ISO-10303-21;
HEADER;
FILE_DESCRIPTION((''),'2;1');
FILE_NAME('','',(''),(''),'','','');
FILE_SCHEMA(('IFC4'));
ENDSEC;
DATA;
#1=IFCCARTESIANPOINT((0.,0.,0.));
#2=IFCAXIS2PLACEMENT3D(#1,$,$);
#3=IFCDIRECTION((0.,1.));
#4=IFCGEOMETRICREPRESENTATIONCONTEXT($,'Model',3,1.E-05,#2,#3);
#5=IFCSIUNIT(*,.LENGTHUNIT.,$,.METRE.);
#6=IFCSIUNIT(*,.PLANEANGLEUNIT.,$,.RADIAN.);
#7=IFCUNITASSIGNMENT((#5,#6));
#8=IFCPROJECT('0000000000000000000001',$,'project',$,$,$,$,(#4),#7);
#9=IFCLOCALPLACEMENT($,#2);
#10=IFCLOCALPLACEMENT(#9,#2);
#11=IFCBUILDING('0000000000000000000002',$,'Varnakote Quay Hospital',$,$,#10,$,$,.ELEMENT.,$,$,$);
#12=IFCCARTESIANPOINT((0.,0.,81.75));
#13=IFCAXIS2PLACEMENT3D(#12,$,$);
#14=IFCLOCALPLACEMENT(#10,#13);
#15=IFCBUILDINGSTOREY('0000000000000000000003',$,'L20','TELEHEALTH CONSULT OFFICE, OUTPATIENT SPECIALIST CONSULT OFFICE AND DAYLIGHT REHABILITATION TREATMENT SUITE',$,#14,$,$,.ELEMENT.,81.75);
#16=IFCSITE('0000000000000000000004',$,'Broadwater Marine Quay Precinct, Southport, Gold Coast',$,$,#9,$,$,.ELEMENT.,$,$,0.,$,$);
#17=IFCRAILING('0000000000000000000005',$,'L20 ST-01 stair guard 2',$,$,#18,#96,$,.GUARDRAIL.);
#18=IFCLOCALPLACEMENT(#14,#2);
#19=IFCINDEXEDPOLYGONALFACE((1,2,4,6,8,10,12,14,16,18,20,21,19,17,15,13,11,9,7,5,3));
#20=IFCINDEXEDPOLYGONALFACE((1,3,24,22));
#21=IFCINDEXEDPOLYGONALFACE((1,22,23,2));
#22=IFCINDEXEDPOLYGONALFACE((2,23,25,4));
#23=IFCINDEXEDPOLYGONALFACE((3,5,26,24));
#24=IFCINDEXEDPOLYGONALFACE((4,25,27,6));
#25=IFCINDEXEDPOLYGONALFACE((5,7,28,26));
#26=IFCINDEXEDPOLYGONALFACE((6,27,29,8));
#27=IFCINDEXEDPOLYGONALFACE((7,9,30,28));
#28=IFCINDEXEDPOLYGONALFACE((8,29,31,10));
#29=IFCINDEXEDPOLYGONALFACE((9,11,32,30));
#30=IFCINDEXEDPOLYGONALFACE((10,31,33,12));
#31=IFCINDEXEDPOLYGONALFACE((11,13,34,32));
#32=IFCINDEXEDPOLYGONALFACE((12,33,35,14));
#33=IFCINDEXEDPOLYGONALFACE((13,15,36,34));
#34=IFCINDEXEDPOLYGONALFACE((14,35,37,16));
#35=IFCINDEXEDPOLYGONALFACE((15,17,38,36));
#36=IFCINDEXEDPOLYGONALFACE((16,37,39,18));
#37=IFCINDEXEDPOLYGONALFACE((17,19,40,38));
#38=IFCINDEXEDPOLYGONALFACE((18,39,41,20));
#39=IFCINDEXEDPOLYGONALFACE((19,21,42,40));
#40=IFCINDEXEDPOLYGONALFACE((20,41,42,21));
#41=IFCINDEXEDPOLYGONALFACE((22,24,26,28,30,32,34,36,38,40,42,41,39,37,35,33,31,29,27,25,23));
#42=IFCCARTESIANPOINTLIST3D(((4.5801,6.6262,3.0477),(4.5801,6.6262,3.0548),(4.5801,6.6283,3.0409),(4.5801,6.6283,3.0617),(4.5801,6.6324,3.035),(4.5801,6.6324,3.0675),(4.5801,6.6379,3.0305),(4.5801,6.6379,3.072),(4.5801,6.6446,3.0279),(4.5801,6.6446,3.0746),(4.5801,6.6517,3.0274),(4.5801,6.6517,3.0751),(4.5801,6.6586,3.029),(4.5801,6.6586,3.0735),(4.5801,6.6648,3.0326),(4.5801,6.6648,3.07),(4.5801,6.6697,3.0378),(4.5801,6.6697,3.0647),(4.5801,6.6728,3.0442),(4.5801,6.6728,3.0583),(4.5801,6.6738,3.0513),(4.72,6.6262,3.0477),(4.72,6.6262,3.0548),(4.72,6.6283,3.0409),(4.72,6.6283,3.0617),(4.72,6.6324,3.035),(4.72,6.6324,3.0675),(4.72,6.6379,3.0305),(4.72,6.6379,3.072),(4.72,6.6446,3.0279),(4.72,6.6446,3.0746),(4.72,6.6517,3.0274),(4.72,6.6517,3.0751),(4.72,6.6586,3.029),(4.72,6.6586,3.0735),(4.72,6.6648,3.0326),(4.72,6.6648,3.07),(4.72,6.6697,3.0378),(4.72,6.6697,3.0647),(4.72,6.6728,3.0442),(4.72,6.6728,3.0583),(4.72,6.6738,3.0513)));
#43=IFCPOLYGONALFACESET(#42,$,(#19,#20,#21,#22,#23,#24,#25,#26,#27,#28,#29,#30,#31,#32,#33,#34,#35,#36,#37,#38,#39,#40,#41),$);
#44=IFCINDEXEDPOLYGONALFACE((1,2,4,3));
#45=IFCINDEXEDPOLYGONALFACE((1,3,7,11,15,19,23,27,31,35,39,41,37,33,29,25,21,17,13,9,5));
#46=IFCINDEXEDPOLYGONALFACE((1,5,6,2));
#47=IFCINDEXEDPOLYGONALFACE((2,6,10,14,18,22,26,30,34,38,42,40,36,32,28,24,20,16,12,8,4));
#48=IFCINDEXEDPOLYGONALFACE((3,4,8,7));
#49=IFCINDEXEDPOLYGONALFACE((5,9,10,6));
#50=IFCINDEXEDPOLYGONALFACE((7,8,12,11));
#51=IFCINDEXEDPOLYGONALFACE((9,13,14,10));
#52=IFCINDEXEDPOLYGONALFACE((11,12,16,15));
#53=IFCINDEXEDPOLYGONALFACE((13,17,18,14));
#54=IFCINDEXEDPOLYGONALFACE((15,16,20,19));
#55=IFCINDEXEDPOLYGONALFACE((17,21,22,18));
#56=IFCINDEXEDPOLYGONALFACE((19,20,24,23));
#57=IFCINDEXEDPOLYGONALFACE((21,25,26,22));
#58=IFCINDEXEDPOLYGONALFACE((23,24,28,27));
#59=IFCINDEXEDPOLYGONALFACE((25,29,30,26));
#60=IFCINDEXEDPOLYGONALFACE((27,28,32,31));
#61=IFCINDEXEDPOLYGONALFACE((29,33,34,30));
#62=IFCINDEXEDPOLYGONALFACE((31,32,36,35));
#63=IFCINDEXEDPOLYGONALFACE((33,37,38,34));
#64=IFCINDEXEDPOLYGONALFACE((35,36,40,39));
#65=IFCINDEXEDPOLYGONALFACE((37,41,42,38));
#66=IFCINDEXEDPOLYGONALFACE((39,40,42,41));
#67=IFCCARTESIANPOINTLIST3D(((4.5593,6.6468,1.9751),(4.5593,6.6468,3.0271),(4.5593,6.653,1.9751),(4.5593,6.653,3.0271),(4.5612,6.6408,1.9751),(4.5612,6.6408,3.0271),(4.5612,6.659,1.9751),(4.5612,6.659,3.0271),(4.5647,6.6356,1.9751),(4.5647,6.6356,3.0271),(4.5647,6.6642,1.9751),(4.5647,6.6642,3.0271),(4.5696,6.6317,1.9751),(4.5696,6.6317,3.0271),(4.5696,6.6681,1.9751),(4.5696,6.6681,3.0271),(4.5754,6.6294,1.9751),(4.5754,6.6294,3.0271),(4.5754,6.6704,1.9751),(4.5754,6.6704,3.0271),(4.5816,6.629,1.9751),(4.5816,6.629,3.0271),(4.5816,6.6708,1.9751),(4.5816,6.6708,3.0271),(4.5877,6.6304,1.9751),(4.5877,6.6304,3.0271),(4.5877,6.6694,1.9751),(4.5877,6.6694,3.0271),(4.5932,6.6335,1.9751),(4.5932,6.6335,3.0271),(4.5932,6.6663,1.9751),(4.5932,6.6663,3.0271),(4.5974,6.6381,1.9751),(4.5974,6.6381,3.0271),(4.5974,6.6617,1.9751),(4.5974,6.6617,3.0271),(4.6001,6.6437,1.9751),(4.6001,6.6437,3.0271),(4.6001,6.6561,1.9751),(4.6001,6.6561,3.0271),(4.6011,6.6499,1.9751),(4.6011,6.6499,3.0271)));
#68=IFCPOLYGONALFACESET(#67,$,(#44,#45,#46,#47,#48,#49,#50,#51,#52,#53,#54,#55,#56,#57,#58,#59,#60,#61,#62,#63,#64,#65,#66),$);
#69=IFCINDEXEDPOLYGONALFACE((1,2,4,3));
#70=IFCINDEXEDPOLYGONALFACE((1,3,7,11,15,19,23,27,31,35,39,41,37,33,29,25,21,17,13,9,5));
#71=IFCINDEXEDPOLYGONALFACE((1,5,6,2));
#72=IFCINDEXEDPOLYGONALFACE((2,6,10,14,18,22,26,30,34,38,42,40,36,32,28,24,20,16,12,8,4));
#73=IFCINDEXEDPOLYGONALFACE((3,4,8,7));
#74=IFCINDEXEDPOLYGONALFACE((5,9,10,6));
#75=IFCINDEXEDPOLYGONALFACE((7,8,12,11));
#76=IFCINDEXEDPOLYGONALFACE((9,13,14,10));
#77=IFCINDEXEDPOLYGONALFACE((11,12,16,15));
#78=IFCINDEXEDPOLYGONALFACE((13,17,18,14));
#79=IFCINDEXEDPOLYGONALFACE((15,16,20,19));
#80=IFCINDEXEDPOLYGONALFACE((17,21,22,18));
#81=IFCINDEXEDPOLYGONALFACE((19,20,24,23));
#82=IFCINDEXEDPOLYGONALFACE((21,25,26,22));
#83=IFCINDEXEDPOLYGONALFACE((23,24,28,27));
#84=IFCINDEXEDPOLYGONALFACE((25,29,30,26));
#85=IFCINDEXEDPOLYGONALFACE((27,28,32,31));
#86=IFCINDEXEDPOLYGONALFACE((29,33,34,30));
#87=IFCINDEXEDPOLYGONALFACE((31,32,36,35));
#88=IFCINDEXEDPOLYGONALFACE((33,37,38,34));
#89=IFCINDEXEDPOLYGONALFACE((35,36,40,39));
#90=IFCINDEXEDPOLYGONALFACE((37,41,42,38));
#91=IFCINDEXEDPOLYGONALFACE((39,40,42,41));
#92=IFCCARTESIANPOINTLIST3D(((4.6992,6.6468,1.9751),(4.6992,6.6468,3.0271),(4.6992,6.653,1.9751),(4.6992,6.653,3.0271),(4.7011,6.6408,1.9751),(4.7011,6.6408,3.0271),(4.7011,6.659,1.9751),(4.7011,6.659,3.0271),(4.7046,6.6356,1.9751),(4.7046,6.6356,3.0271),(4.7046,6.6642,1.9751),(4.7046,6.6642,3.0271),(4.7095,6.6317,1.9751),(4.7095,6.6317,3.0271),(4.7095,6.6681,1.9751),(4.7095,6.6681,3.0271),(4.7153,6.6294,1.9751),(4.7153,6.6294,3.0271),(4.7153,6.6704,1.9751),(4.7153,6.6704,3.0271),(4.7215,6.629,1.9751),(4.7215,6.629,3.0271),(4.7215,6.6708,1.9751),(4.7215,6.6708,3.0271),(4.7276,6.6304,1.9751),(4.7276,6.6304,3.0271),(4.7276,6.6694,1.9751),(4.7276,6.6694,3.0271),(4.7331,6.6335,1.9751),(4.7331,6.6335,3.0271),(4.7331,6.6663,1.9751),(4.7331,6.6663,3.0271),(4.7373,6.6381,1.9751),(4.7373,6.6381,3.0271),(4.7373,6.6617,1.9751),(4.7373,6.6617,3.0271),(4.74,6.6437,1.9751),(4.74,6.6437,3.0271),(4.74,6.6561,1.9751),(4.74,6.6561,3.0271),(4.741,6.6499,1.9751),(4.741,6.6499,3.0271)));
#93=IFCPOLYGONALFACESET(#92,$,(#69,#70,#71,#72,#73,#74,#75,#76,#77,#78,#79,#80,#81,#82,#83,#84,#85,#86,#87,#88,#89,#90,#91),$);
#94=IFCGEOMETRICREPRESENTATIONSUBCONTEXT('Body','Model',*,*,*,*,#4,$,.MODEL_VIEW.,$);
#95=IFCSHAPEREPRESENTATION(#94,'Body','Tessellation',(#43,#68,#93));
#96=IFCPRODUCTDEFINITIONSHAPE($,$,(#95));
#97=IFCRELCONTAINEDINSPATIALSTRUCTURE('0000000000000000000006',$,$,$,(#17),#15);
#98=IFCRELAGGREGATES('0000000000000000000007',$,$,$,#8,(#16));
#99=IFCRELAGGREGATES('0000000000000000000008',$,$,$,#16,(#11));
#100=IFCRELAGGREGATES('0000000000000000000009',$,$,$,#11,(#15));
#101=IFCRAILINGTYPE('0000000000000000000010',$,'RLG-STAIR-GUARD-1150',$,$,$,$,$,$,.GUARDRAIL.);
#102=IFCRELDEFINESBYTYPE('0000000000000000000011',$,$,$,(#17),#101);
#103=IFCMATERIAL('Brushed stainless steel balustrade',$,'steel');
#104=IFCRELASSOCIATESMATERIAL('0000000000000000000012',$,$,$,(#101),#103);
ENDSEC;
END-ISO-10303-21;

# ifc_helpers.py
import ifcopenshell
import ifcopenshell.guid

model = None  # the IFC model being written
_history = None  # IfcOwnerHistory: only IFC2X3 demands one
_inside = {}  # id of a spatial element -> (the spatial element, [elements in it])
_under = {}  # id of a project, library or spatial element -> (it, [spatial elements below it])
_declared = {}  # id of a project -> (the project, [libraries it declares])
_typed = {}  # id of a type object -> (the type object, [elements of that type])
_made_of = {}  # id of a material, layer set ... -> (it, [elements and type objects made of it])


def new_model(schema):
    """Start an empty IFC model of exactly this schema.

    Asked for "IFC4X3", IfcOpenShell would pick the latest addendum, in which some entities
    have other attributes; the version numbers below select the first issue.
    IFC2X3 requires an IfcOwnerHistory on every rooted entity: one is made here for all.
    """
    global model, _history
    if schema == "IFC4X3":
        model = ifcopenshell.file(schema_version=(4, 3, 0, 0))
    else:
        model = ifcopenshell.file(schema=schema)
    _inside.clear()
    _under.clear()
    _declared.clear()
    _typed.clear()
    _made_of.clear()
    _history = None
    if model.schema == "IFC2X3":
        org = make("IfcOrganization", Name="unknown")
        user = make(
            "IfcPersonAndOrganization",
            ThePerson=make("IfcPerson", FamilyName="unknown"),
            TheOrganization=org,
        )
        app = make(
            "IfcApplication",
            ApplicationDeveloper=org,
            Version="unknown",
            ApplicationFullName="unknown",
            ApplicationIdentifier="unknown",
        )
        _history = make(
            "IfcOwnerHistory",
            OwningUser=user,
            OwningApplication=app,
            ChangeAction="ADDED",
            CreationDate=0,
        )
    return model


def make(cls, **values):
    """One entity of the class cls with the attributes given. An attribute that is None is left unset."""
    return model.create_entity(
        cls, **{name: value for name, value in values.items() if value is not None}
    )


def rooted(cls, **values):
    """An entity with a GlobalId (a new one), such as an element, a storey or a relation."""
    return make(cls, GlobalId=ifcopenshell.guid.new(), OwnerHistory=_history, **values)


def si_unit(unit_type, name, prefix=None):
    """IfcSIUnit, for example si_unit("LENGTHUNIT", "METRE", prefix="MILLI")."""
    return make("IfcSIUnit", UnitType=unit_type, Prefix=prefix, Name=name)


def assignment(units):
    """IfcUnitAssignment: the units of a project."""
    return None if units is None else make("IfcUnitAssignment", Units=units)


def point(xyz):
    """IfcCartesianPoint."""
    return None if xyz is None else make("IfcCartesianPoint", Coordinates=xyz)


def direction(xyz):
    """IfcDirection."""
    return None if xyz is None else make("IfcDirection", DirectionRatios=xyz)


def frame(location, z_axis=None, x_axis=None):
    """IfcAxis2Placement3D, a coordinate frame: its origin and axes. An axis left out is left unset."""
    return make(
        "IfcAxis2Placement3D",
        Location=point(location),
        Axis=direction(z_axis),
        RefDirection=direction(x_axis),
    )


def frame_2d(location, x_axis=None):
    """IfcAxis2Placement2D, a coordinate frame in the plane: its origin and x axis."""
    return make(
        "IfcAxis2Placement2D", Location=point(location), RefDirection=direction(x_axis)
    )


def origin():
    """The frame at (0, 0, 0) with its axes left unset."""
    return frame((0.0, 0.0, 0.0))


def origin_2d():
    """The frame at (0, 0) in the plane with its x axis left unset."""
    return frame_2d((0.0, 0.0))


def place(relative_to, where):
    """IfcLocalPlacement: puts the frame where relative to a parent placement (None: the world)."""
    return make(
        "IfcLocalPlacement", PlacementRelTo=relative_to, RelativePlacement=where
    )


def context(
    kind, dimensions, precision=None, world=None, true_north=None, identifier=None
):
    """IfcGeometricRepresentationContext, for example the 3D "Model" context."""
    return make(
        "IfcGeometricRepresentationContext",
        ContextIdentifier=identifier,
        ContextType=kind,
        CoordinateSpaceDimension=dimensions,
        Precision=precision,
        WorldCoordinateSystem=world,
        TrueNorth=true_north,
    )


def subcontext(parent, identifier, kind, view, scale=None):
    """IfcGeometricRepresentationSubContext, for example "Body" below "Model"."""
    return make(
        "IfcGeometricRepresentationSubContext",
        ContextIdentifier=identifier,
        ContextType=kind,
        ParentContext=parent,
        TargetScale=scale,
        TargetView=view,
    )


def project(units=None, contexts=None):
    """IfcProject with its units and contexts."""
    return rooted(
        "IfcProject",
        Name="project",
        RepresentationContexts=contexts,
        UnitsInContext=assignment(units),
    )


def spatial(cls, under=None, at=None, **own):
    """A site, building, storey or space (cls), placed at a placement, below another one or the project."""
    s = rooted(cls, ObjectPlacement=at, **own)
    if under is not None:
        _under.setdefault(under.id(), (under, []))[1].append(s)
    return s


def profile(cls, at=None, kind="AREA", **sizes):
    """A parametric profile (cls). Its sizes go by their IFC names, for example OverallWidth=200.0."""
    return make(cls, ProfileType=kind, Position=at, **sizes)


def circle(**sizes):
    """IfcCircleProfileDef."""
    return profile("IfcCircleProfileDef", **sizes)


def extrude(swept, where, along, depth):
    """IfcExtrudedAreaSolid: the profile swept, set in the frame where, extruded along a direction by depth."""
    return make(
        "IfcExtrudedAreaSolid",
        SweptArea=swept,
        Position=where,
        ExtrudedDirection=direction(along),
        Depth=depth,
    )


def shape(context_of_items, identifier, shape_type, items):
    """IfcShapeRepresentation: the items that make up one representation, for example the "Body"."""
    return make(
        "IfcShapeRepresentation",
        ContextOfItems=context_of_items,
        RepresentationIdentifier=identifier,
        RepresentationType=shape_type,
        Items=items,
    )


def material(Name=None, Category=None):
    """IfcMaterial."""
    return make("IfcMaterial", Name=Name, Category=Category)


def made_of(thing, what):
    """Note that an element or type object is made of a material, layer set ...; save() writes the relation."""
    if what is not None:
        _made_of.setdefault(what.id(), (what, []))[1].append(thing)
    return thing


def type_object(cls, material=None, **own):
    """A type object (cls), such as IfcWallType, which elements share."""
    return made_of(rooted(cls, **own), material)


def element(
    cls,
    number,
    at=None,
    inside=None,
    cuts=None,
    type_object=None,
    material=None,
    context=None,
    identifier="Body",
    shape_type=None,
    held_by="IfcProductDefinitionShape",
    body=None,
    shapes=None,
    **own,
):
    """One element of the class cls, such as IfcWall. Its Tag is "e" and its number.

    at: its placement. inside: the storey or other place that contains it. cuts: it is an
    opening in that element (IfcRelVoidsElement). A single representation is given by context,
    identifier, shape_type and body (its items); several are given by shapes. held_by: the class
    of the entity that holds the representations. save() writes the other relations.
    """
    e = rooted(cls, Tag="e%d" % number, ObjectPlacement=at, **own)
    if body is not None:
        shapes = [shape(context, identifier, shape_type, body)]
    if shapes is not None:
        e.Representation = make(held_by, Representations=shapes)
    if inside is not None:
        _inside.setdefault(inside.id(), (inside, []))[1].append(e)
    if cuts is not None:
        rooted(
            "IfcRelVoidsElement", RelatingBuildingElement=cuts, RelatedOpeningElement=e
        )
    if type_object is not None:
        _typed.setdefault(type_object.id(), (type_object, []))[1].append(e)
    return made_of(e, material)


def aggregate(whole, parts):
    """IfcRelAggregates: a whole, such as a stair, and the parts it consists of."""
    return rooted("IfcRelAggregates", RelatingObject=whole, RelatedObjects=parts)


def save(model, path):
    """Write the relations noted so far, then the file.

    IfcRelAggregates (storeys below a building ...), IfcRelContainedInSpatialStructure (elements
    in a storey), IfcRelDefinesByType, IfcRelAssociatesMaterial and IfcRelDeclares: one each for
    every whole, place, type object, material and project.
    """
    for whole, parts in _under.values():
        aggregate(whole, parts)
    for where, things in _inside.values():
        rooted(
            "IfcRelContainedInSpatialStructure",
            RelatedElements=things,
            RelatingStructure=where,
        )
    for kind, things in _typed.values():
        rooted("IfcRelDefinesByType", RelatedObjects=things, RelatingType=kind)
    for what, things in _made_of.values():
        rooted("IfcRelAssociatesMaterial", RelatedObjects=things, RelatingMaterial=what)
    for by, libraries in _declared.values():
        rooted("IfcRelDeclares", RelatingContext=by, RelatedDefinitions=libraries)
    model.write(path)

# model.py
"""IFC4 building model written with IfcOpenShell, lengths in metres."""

from ifc_helpers import new_model, si_unit, direction, frame, origin, origin_2d, place, context, subcontext, project, spatial, circle, extrude, material, type_object, element, save


model = new_model("IFC4")

# Units and contexts
model_context = context("Model", 3, precision=1e-05, world=origin(), true_north=direction((0.0, 1.0)))
body_context = subcontext(model_context, "Body", "Model", "MODEL_VIEW")
ifc_project = project(units=[si_unit("LENGTHUNIT", "METRE"), si_unit("PLANEANGLEUNIT", "RADIAN")], contexts=[model_context])

# Site, building, storey
site_placement = place(None, origin())
site = spatial("IfcSite", under=ifc_project, at=site_placement, Name="Broadwater Marine Quay Precinct, Southport, Gold Coast", CompositionType="ELEMENT", RefElevation=0.0)
building_placement = place(site_placement, origin())
building = spatial("IfcBuilding", under=site, at=building_placement, Name="Varnakote Quay Hospital", CompositionType="ELEMENT")
storey_placement = place(building_placement, frame((0.0, 0.0, 81.75)))
storey = spatial("IfcBuildingStorey", under=building, at=storey_placement, Name="L20", Description="TELEHEALTH CONSULT OFFICE, OUTPATIENT SPECIALIST CONSULT OFFICE AND DAYLIGHT REHABILITATION TREATMENT SUITE", CompositionType="ELEMENT", Elevation=81.75)

# Railing
ifc_material_1 = material(Name="Brushed stainless steel balustrade", Category="steel")
railing_type_1 = type_object("IfcRailingType", Name="RLG-STAIR-GUARD-1150", PredefinedType="GUARDRAIL", material=ifc_material_1)
railing_1_placement = place(storey_placement, frame((4.5801, 6.6499, 1.9751)))
element("IfcRailing", 1, at=railing_1_placement, inside=storey, type_object=railing_type_1, Name="L20 ST-01 stair guard 2", PredefinedType="GUARDRAIL", context=body_context, shape_type="SweptSolid", body=[
    extrude(circle(Radius=0.0239, at=origin_2d()), frame((0.0, 0.0, 1.0762), z_axis=(1.0, 0.0, 0.0), x_axis=(0.0, 1.0, 0.0)), (0.0, 0.0, 1.0), 0.1399),
    extrude(circle(Radius=0.021, at=origin_2d()), origin(), (0.0, 0.0, 1.0), 1.052),
    extrude(circle(Radius=0.021, at=origin_2d()), frame((0.1399, 0.0, 0.0)), (0.0, 0.0, 1.0), 1.052),
])

save(model, "model.ifc")
